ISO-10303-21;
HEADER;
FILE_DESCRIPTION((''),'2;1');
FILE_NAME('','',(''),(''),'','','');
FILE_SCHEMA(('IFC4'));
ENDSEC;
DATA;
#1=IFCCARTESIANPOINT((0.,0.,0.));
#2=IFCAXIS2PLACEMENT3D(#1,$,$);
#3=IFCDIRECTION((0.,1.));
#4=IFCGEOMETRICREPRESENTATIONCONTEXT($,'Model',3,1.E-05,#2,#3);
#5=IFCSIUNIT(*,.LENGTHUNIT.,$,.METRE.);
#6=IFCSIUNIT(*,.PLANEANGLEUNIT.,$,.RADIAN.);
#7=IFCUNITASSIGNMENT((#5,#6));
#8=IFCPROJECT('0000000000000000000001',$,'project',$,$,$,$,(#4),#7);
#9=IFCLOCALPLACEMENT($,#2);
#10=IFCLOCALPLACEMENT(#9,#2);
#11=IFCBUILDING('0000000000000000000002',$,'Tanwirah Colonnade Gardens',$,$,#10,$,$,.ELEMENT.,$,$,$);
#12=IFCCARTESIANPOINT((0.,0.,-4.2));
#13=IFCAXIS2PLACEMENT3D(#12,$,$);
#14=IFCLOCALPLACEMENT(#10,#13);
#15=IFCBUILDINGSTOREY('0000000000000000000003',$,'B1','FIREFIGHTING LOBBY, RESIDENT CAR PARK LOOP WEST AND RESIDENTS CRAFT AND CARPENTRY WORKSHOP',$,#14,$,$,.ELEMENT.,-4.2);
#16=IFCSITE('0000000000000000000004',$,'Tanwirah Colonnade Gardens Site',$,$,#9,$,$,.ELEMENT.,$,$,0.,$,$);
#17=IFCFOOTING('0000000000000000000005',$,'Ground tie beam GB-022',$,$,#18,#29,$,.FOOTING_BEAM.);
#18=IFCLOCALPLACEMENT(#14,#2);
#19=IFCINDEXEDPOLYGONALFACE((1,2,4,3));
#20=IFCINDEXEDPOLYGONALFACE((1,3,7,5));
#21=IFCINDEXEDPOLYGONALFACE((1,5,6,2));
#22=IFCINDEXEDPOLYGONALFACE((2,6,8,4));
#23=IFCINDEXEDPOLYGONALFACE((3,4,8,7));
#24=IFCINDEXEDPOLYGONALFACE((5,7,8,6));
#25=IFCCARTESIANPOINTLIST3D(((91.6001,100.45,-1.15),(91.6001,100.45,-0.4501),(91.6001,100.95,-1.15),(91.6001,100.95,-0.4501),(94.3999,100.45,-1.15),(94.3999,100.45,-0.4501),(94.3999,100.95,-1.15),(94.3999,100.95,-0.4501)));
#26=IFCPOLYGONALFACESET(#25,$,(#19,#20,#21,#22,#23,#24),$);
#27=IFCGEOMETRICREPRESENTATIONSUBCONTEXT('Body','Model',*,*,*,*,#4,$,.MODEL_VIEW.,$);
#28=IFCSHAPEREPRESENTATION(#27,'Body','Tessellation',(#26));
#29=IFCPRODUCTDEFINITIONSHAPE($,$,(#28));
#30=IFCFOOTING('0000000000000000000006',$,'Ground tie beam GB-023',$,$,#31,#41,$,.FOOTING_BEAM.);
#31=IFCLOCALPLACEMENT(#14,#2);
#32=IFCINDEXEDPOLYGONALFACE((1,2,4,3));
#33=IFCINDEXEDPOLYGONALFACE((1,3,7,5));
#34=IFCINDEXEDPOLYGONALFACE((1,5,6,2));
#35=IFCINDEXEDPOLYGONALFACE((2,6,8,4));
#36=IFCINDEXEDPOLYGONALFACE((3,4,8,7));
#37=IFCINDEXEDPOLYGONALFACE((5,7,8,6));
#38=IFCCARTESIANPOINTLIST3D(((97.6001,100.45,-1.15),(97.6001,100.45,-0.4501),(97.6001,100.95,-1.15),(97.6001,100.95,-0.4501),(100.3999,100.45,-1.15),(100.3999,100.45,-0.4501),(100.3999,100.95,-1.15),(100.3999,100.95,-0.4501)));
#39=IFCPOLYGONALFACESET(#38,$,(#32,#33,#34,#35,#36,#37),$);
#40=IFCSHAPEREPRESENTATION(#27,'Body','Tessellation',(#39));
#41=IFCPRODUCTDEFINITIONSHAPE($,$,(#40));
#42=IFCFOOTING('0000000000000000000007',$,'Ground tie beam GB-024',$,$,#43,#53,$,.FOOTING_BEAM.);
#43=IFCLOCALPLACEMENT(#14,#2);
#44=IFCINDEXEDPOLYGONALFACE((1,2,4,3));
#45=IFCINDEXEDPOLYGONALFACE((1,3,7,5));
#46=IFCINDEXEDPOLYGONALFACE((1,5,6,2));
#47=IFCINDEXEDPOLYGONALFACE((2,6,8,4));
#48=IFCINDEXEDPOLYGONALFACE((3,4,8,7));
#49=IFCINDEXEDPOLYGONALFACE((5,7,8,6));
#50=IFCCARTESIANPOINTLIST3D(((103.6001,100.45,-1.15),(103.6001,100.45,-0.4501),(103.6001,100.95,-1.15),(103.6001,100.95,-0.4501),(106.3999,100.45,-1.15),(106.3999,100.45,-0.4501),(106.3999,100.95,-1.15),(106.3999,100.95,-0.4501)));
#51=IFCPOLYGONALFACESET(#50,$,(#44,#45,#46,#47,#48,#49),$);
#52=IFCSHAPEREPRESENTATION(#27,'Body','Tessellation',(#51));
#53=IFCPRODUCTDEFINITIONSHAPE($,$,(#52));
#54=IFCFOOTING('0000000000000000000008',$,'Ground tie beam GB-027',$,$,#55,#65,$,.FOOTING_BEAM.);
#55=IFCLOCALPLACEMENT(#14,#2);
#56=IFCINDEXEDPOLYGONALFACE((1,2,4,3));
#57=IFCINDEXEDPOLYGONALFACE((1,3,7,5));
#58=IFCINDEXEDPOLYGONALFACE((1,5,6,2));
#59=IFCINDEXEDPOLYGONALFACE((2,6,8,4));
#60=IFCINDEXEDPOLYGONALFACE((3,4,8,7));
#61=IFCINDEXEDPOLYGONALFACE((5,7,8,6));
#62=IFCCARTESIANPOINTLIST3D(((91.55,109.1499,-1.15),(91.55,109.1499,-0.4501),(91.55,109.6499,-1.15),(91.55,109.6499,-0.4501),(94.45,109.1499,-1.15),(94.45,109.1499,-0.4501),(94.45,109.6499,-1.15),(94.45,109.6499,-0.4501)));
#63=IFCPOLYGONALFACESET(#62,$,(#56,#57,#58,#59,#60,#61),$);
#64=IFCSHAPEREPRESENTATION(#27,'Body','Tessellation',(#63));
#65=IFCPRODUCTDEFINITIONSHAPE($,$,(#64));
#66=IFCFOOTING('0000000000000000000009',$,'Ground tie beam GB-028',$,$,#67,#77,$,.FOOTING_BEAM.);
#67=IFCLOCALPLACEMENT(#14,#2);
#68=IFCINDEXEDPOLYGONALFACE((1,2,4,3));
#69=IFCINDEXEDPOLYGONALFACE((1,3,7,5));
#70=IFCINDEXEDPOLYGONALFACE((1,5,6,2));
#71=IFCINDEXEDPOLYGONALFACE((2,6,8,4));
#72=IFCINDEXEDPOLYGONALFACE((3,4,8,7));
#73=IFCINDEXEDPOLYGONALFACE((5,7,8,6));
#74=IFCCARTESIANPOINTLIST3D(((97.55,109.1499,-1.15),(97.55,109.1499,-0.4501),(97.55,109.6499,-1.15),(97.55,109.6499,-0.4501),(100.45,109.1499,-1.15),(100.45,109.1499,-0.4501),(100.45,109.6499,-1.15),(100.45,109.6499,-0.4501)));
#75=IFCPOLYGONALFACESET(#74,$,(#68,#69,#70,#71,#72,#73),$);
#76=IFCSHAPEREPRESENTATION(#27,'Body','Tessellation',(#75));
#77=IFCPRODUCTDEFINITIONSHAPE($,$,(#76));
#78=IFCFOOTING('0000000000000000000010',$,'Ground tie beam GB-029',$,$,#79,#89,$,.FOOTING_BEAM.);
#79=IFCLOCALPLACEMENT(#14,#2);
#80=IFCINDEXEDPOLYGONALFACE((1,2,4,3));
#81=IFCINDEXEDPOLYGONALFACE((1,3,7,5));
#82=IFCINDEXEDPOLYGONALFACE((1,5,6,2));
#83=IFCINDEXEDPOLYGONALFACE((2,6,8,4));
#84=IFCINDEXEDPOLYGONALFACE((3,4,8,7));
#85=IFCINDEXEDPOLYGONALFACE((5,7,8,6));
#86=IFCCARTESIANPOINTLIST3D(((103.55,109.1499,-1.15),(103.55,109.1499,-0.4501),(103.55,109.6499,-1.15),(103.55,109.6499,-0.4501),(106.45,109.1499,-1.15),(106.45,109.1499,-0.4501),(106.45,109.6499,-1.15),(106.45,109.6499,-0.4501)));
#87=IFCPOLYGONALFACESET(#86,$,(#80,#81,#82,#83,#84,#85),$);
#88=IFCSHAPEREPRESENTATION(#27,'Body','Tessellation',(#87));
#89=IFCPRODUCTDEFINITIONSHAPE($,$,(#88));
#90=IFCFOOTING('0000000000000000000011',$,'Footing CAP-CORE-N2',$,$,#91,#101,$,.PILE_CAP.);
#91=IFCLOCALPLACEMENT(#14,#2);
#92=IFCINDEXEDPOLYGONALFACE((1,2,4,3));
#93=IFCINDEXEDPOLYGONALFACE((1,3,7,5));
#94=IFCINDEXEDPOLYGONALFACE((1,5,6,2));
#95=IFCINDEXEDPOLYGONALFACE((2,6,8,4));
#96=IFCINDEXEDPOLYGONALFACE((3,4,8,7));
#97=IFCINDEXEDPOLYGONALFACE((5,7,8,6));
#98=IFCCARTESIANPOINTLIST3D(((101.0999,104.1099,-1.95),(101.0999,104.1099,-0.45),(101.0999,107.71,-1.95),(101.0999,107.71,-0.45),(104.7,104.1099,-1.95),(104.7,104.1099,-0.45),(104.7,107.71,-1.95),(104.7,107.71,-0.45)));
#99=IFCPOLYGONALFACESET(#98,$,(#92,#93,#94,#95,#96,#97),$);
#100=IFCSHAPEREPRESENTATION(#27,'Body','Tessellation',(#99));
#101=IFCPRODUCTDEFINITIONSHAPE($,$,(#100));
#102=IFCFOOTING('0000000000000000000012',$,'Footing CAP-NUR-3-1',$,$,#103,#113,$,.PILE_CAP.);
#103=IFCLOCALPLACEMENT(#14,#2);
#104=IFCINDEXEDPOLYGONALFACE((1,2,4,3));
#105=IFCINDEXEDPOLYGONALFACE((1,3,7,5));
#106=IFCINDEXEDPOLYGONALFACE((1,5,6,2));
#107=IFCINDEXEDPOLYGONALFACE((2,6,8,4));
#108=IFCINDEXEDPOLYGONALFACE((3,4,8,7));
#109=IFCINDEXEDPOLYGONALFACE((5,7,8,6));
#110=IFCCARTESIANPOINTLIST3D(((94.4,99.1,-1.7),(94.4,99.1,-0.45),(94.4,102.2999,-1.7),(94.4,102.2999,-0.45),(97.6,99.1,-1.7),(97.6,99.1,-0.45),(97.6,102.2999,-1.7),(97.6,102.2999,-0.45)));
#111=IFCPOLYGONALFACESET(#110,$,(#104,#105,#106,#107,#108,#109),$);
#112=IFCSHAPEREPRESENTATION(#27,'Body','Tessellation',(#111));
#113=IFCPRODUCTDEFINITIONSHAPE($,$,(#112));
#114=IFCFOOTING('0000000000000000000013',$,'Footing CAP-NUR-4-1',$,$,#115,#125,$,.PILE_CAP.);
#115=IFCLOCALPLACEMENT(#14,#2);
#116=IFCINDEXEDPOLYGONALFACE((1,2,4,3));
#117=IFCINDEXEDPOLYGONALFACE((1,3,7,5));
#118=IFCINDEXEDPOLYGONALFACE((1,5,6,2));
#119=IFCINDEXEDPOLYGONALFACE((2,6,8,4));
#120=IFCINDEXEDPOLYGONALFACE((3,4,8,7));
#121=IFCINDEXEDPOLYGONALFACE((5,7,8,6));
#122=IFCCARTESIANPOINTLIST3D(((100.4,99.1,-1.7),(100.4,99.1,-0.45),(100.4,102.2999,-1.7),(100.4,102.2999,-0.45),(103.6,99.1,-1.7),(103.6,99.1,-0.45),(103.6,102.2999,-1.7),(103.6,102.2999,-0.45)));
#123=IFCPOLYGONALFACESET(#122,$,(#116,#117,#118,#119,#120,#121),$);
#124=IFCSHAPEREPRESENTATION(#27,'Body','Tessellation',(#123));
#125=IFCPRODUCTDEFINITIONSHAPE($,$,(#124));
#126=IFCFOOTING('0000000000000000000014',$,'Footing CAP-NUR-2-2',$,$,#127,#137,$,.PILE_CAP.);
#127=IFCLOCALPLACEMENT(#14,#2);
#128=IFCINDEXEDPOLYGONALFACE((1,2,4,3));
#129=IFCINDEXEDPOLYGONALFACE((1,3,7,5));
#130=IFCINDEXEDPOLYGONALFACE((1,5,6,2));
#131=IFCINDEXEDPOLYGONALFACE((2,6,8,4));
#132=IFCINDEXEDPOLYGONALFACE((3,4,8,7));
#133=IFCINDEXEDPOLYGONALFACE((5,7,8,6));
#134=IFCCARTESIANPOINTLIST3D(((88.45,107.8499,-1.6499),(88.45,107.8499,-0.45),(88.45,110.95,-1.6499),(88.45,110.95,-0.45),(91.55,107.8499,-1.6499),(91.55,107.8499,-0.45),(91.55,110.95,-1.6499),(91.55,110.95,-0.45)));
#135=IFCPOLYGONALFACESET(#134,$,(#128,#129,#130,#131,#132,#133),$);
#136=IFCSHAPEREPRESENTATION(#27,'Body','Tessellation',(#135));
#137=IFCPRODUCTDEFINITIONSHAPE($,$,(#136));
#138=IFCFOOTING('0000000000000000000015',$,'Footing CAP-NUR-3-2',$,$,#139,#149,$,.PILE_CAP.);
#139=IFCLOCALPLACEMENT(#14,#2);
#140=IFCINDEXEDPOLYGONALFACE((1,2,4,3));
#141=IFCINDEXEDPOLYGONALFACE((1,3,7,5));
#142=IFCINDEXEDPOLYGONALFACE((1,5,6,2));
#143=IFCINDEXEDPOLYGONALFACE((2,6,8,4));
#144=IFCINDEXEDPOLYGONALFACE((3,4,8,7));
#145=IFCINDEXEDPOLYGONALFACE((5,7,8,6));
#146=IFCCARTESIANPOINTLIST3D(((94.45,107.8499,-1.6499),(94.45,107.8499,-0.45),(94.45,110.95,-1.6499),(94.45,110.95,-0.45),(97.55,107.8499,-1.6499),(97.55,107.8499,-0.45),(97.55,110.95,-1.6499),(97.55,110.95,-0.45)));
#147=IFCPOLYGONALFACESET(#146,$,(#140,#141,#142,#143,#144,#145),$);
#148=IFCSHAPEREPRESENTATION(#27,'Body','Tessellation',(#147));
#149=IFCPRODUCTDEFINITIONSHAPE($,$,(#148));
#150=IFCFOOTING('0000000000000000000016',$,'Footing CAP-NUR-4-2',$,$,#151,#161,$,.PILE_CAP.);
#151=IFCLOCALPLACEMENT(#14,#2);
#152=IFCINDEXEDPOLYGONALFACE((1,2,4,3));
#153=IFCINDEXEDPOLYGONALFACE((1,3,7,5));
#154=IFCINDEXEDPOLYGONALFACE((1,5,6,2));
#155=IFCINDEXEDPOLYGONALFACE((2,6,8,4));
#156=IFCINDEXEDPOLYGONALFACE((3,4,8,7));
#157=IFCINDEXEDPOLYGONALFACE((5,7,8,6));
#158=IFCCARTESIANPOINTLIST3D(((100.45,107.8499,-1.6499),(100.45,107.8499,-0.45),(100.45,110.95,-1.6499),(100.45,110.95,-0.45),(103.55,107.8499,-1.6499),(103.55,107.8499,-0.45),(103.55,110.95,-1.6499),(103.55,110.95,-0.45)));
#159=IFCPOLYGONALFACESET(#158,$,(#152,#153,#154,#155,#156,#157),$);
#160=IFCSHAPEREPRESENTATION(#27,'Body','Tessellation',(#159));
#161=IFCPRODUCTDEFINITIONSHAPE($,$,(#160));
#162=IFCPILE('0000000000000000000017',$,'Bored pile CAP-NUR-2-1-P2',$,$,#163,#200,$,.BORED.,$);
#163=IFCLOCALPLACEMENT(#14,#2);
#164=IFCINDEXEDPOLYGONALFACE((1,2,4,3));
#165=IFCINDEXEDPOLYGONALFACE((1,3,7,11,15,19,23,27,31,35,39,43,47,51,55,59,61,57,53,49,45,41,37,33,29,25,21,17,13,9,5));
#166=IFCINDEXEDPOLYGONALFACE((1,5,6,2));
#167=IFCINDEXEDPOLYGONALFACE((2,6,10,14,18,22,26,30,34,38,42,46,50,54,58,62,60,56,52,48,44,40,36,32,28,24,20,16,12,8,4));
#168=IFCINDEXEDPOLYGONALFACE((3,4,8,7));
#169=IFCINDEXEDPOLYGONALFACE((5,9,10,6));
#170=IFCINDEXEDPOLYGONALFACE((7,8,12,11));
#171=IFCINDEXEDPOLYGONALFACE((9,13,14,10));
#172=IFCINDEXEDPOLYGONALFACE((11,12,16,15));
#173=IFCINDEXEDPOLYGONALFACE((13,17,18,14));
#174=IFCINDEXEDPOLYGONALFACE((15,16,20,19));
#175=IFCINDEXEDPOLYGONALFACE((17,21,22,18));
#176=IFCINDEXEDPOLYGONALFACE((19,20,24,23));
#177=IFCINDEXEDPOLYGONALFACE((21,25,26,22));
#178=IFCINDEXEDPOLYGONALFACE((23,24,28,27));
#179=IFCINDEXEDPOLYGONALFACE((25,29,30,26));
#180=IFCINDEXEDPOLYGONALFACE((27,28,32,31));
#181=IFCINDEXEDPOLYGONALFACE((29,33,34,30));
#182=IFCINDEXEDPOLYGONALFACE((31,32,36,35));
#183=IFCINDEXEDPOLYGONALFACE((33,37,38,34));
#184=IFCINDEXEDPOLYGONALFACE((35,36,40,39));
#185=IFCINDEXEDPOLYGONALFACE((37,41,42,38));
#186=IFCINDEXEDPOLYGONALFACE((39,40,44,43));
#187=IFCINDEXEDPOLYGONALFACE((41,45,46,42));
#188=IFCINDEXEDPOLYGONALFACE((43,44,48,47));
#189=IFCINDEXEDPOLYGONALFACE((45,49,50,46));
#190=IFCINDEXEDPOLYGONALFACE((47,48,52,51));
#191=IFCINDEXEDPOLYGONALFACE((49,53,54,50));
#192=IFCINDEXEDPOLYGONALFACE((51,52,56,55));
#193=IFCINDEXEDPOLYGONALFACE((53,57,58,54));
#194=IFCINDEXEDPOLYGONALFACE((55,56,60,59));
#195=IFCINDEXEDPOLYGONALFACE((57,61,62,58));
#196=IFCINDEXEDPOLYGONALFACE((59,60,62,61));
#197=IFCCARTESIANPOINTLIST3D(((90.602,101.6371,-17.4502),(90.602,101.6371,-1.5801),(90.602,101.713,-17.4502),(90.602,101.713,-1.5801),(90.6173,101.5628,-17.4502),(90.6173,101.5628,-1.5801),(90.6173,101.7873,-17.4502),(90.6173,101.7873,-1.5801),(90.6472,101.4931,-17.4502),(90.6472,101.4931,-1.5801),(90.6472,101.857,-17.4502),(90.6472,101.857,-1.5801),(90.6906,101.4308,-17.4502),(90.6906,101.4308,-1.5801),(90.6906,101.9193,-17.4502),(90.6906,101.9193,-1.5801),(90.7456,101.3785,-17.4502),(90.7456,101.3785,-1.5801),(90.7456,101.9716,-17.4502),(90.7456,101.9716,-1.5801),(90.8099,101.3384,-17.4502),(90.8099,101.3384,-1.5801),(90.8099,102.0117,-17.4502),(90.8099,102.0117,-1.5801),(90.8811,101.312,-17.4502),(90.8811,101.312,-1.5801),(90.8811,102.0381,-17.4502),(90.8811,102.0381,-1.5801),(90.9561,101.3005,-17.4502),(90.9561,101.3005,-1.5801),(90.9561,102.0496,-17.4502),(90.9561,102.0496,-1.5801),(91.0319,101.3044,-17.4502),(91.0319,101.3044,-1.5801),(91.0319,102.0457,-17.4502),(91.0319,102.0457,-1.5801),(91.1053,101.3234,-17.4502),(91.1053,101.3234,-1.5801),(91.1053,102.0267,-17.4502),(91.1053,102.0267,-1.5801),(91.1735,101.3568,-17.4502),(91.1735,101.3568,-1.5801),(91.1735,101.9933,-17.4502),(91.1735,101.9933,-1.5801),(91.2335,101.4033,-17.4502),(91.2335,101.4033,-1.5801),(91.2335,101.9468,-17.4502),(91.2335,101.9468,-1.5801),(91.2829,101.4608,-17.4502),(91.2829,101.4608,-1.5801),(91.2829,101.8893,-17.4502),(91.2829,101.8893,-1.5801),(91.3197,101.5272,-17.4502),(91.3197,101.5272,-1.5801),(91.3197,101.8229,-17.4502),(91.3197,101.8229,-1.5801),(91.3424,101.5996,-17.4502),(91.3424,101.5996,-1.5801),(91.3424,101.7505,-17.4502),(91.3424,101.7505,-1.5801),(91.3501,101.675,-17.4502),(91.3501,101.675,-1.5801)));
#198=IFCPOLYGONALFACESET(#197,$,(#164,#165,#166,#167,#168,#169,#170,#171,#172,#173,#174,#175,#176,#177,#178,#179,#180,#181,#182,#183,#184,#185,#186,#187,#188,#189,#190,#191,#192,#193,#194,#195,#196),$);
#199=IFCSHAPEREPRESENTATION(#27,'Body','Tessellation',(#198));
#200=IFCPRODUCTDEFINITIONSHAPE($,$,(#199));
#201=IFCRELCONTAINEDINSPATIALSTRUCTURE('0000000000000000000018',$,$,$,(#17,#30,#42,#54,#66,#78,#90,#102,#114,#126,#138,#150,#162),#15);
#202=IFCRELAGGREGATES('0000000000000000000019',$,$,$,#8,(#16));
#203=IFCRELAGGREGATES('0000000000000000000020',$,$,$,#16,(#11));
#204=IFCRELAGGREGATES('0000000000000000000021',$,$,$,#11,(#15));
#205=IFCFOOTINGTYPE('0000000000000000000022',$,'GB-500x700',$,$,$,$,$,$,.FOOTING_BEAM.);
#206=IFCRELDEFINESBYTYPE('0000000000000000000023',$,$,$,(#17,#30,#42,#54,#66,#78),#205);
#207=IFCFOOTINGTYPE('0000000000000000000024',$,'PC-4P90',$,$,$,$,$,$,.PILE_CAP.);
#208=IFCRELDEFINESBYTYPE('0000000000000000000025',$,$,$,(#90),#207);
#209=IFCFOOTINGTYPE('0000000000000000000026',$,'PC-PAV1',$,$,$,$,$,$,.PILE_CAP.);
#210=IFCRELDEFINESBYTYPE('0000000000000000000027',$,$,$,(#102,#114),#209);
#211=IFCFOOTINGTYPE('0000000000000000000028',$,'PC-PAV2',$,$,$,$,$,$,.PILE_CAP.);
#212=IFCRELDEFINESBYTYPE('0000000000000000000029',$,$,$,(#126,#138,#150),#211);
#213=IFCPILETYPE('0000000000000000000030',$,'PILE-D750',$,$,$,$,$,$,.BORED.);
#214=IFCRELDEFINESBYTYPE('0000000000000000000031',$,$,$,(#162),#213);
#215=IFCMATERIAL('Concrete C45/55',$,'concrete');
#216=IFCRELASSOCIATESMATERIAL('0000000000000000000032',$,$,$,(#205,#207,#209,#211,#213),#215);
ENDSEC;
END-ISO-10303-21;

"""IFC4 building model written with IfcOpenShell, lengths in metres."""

from ifc_helpers import new_model, si_unit, direction, frame, origin, origin_2d, place, context, subcontext, project, spatial, rectangle, circle, extrude, material, material_profile, profile_set, type_object, element, save


model = new_model("IFC4")

# Units and contexts
model_context = context("Model", 3, precision=1e-05, world=origin(), true_north=direction((0.0, 1.0)))
body_context = subcontext(model_context, "Body", "Model", "MODEL_VIEW")
ifc_project = project(units=[si_unit("LENGTHUNIT", "METRE"), si_unit("PLANEANGLEUNIT", "RADIAN")], contexts=[model_context])

# Site, building, storey
site_placement = place(None, origin())
site = spatial("IfcSite", under=ifc_project, at=site_placement, Name="Tanwirah Colonnade Gardens Site", CompositionType="ELEMENT", RefElevation=0.0)
building_placement = place(site_placement, origin())
building = spatial("IfcBuilding", under=site, at=building_placement, Name="Tanwirah Colonnade Gardens", CompositionType="ELEMENT")
storey_placement = place(building_placement, frame((0.0, 0.0, -4.2)))
storey = spatial("IfcBuildingStorey", under=building, at=storey_placement, Name="B1", Description="FIREFIGHTING LOBBY, RESIDENT CAR PARK LOOP WEST AND RESIDENTS CRAFT AND CARPENTRY WORKSHOP", CompositionType="ELEMENT", Elevation=-4.2)

# Footings
ifc_material_1 = material(Name="Concrete C45/55", Category="concrete")
ifc_material_profile_1 = material_profile(ifc_material_1, rectangle(XDim=0.5, YDim=0.7, at=origin_2d()), Name="GB-500x700")
ifc_profile_set_1 = profile_set([ifc_material_profile_1], Name="Concrete C45/55")
footing_type_1 = type_object("IfcFootingType", Name="GB-500x700", PredefinedType="FOOTING_BEAM", material=ifc_profile_set_1)
for number, where, z_axis, x_axis, name in (
    (1, (91.6001, 100.7, -0.8), (1.0, 0.0, 0.0), (0.0, 1.0, 0.0), "Ground tie beam GB-022"),
    (2, (97.6001, 100.7, -0.8), (1.0, 0.0, 0.0), (0.0, 1.0, 0.0), "Ground tie beam GB-023"),
    (3, (103.6001, 100.7, -0.8), (1.0, 0.0, 0.0), (0.0, 1.0, 0.0), "Ground tie beam GB-024"),
):
    element("IfcFooting", number, at=place(storey_placement, frame(where, z_axis=z_axis, x_axis=x_axis)), inside=storey, type_object=footing_type_1, Name=name, PredefinedType="FOOTING_BEAM", context=body_context, shape_type="SweptSolid", body=[
        extrude(rectangle(XDim=0.5, YDim=0.7, at=origin_2d()), origin(), (0.0, 0.0, 1.0), 2.7998),
    ])
for number, where, z_axis, x_axis, name in (
    (4, (91.55, 109.3999, -0.8), (1.0, 0.0, 0.0), (0.0, 1.0, 0.0), "Ground tie beam GB-027"),
    (5, (97.55, 109.3999, -0.8), (1.0, 0.0, 0.0), (0.0, 1.0, 0.0), "Ground tie beam GB-028"),
    (6, (103.55, 109.3999, -0.8), (1.0, 0.0, 0.0), (0.0, 1.0, 0.0), "Ground tie beam GB-029"),
):
    element("IfcFooting", number, at=place(storey_placement, frame(where, z_axis=z_axis, x_axis=x_axis)), inside=storey, type_object=footing_type_1, Name=name, PredefinedType="FOOTING_BEAM", context=body_context, shape_type="SweptSolid", body=[
        extrude(rectangle(XDim=0.5, YDim=0.7, at=origin_2d()), origin(), (0.0, 0.0, 1.0), 2.8999),
    ])
footing_type_2 = type_object("IfcFootingType", Name="PC-4P90", PredefinedType="PILE_CAP", material=ifc_material_1)
footing_placement = place(storey_placement, frame((102.8999, 105.9099, -1.95), z_axis=(0.0, 0.0, 1.0), x_axis=(1.0, 0.0, 0.0)))
element("IfcFooting", 7, at=footing_placement, inside=storey, type_object=footing_type_2, Name="Footing CAP-CORE-N2", PredefinedType="PILE_CAP", context=body_context, shape_type="SweptSolid", body=[
    extrude(rectangle(XDim=3.6001, YDim=3.6001, at=origin_2d()), origin(), (0.0, 0.0, 1.0), 1.5),
])
footing_type_3 = type_object("IfcFootingType", Name="PC-PAV1", PredefinedType="PILE_CAP", material=ifc_material_1)
for number, where, z_axis, x_axis, name in (
    (8, (96.0, 100.7, -1.7), (0.0, 0.0, 1.0), (1.0, 0.0, 0.0), "Footing CAP-NUR-3-1"),
    (9, (102.0, 100.7, -1.7), (0.0, 0.0, 1.0), (1.0, 0.0, 0.0), "Footing CAP-NUR-4-1"),
):
    element("IfcFooting", number, at=place(storey_placement, frame(where, z_axis=z_axis, x_axis=x_axis)), inside=storey, type_object=footing_type_3, Name=name, PredefinedType="PILE_CAP", context=body_context, shape_type="SweptSolid", body=[
        extrude(rectangle(XDim=3.2, YDim=3.2, at=origin_2d()), origin(), (0.0, 0.0, 1.0), 1.25),
    ])
footing_type_4 = type_object("IfcFootingType", Name="PC-PAV2", PredefinedType="PILE_CAP", material=ifc_material_1)
for number, where, z_axis, x_axis, name in (
    (10, (90.0, 109.3999, -1.6499), (0.0, 0.0, 1.0), (1.0, 0.0, 0.0), "Footing CAP-NUR-2-2"),
    (11, (96.0, 109.3999, -1.6499), (0.0, 0.0, 1.0), (1.0, 0.0, 0.0), "Footing CAP-NUR-3-2"),
    (12, (102.0, 109.3999, -1.6499), (0.0, 0.0, 1.0), (1.0, 0.0, 0.0), "Footing CAP-NUR-4-2"),
):
    element("IfcFooting", number, at=place(storey_placement, frame(where, z_axis=z_axis, x_axis=x_axis)), inside=storey, type_object=footing_type_4, Name=name, PredefinedType="PILE_CAP", context=body_context, shape_type="SweptSolid", body=[
        extrude(rectangle(XDim=3.1001, YDim=3.1001, at=origin_2d()), origin(), (0.0, 0.0, 1.0), 1.2),
    ])

# Pile
ifc_material_profile_2 = material_profile(ifc_material_1, circle(Radius=0.375, at=origin_2d()), Name="PILE D750")
ifc_profile_set_2 = profile_set([ifc_material_profile_2], Name="Concrete C45/55")
pile_type_1 = type_object("IfcPileType", Name="PILE-D750", PredefinedType="BORED", material=ifc_profile_set_2)
pile_1_placement = place(storey_placement, frame((90.9751, 101.675, -1.5801), z_axis=(0.0, 0.0, -1.0), x_axis=(1.0, 0.0, 0.0)))
element("IfcPile", 13, at=pile_1_placement, inside=storey, type_object=pile_type_1, Name="Bored pile CAP-NUR-2-1-P2", PredefinedType="BORED", context=body_context, shape_type="SweptSolid", body=[
    extrude(circle(Radius=0.375, at=origin_2d()), origin(), (0.0, 0.0, 1.0), 15.8701),
])

save(model, "model.ifc")
